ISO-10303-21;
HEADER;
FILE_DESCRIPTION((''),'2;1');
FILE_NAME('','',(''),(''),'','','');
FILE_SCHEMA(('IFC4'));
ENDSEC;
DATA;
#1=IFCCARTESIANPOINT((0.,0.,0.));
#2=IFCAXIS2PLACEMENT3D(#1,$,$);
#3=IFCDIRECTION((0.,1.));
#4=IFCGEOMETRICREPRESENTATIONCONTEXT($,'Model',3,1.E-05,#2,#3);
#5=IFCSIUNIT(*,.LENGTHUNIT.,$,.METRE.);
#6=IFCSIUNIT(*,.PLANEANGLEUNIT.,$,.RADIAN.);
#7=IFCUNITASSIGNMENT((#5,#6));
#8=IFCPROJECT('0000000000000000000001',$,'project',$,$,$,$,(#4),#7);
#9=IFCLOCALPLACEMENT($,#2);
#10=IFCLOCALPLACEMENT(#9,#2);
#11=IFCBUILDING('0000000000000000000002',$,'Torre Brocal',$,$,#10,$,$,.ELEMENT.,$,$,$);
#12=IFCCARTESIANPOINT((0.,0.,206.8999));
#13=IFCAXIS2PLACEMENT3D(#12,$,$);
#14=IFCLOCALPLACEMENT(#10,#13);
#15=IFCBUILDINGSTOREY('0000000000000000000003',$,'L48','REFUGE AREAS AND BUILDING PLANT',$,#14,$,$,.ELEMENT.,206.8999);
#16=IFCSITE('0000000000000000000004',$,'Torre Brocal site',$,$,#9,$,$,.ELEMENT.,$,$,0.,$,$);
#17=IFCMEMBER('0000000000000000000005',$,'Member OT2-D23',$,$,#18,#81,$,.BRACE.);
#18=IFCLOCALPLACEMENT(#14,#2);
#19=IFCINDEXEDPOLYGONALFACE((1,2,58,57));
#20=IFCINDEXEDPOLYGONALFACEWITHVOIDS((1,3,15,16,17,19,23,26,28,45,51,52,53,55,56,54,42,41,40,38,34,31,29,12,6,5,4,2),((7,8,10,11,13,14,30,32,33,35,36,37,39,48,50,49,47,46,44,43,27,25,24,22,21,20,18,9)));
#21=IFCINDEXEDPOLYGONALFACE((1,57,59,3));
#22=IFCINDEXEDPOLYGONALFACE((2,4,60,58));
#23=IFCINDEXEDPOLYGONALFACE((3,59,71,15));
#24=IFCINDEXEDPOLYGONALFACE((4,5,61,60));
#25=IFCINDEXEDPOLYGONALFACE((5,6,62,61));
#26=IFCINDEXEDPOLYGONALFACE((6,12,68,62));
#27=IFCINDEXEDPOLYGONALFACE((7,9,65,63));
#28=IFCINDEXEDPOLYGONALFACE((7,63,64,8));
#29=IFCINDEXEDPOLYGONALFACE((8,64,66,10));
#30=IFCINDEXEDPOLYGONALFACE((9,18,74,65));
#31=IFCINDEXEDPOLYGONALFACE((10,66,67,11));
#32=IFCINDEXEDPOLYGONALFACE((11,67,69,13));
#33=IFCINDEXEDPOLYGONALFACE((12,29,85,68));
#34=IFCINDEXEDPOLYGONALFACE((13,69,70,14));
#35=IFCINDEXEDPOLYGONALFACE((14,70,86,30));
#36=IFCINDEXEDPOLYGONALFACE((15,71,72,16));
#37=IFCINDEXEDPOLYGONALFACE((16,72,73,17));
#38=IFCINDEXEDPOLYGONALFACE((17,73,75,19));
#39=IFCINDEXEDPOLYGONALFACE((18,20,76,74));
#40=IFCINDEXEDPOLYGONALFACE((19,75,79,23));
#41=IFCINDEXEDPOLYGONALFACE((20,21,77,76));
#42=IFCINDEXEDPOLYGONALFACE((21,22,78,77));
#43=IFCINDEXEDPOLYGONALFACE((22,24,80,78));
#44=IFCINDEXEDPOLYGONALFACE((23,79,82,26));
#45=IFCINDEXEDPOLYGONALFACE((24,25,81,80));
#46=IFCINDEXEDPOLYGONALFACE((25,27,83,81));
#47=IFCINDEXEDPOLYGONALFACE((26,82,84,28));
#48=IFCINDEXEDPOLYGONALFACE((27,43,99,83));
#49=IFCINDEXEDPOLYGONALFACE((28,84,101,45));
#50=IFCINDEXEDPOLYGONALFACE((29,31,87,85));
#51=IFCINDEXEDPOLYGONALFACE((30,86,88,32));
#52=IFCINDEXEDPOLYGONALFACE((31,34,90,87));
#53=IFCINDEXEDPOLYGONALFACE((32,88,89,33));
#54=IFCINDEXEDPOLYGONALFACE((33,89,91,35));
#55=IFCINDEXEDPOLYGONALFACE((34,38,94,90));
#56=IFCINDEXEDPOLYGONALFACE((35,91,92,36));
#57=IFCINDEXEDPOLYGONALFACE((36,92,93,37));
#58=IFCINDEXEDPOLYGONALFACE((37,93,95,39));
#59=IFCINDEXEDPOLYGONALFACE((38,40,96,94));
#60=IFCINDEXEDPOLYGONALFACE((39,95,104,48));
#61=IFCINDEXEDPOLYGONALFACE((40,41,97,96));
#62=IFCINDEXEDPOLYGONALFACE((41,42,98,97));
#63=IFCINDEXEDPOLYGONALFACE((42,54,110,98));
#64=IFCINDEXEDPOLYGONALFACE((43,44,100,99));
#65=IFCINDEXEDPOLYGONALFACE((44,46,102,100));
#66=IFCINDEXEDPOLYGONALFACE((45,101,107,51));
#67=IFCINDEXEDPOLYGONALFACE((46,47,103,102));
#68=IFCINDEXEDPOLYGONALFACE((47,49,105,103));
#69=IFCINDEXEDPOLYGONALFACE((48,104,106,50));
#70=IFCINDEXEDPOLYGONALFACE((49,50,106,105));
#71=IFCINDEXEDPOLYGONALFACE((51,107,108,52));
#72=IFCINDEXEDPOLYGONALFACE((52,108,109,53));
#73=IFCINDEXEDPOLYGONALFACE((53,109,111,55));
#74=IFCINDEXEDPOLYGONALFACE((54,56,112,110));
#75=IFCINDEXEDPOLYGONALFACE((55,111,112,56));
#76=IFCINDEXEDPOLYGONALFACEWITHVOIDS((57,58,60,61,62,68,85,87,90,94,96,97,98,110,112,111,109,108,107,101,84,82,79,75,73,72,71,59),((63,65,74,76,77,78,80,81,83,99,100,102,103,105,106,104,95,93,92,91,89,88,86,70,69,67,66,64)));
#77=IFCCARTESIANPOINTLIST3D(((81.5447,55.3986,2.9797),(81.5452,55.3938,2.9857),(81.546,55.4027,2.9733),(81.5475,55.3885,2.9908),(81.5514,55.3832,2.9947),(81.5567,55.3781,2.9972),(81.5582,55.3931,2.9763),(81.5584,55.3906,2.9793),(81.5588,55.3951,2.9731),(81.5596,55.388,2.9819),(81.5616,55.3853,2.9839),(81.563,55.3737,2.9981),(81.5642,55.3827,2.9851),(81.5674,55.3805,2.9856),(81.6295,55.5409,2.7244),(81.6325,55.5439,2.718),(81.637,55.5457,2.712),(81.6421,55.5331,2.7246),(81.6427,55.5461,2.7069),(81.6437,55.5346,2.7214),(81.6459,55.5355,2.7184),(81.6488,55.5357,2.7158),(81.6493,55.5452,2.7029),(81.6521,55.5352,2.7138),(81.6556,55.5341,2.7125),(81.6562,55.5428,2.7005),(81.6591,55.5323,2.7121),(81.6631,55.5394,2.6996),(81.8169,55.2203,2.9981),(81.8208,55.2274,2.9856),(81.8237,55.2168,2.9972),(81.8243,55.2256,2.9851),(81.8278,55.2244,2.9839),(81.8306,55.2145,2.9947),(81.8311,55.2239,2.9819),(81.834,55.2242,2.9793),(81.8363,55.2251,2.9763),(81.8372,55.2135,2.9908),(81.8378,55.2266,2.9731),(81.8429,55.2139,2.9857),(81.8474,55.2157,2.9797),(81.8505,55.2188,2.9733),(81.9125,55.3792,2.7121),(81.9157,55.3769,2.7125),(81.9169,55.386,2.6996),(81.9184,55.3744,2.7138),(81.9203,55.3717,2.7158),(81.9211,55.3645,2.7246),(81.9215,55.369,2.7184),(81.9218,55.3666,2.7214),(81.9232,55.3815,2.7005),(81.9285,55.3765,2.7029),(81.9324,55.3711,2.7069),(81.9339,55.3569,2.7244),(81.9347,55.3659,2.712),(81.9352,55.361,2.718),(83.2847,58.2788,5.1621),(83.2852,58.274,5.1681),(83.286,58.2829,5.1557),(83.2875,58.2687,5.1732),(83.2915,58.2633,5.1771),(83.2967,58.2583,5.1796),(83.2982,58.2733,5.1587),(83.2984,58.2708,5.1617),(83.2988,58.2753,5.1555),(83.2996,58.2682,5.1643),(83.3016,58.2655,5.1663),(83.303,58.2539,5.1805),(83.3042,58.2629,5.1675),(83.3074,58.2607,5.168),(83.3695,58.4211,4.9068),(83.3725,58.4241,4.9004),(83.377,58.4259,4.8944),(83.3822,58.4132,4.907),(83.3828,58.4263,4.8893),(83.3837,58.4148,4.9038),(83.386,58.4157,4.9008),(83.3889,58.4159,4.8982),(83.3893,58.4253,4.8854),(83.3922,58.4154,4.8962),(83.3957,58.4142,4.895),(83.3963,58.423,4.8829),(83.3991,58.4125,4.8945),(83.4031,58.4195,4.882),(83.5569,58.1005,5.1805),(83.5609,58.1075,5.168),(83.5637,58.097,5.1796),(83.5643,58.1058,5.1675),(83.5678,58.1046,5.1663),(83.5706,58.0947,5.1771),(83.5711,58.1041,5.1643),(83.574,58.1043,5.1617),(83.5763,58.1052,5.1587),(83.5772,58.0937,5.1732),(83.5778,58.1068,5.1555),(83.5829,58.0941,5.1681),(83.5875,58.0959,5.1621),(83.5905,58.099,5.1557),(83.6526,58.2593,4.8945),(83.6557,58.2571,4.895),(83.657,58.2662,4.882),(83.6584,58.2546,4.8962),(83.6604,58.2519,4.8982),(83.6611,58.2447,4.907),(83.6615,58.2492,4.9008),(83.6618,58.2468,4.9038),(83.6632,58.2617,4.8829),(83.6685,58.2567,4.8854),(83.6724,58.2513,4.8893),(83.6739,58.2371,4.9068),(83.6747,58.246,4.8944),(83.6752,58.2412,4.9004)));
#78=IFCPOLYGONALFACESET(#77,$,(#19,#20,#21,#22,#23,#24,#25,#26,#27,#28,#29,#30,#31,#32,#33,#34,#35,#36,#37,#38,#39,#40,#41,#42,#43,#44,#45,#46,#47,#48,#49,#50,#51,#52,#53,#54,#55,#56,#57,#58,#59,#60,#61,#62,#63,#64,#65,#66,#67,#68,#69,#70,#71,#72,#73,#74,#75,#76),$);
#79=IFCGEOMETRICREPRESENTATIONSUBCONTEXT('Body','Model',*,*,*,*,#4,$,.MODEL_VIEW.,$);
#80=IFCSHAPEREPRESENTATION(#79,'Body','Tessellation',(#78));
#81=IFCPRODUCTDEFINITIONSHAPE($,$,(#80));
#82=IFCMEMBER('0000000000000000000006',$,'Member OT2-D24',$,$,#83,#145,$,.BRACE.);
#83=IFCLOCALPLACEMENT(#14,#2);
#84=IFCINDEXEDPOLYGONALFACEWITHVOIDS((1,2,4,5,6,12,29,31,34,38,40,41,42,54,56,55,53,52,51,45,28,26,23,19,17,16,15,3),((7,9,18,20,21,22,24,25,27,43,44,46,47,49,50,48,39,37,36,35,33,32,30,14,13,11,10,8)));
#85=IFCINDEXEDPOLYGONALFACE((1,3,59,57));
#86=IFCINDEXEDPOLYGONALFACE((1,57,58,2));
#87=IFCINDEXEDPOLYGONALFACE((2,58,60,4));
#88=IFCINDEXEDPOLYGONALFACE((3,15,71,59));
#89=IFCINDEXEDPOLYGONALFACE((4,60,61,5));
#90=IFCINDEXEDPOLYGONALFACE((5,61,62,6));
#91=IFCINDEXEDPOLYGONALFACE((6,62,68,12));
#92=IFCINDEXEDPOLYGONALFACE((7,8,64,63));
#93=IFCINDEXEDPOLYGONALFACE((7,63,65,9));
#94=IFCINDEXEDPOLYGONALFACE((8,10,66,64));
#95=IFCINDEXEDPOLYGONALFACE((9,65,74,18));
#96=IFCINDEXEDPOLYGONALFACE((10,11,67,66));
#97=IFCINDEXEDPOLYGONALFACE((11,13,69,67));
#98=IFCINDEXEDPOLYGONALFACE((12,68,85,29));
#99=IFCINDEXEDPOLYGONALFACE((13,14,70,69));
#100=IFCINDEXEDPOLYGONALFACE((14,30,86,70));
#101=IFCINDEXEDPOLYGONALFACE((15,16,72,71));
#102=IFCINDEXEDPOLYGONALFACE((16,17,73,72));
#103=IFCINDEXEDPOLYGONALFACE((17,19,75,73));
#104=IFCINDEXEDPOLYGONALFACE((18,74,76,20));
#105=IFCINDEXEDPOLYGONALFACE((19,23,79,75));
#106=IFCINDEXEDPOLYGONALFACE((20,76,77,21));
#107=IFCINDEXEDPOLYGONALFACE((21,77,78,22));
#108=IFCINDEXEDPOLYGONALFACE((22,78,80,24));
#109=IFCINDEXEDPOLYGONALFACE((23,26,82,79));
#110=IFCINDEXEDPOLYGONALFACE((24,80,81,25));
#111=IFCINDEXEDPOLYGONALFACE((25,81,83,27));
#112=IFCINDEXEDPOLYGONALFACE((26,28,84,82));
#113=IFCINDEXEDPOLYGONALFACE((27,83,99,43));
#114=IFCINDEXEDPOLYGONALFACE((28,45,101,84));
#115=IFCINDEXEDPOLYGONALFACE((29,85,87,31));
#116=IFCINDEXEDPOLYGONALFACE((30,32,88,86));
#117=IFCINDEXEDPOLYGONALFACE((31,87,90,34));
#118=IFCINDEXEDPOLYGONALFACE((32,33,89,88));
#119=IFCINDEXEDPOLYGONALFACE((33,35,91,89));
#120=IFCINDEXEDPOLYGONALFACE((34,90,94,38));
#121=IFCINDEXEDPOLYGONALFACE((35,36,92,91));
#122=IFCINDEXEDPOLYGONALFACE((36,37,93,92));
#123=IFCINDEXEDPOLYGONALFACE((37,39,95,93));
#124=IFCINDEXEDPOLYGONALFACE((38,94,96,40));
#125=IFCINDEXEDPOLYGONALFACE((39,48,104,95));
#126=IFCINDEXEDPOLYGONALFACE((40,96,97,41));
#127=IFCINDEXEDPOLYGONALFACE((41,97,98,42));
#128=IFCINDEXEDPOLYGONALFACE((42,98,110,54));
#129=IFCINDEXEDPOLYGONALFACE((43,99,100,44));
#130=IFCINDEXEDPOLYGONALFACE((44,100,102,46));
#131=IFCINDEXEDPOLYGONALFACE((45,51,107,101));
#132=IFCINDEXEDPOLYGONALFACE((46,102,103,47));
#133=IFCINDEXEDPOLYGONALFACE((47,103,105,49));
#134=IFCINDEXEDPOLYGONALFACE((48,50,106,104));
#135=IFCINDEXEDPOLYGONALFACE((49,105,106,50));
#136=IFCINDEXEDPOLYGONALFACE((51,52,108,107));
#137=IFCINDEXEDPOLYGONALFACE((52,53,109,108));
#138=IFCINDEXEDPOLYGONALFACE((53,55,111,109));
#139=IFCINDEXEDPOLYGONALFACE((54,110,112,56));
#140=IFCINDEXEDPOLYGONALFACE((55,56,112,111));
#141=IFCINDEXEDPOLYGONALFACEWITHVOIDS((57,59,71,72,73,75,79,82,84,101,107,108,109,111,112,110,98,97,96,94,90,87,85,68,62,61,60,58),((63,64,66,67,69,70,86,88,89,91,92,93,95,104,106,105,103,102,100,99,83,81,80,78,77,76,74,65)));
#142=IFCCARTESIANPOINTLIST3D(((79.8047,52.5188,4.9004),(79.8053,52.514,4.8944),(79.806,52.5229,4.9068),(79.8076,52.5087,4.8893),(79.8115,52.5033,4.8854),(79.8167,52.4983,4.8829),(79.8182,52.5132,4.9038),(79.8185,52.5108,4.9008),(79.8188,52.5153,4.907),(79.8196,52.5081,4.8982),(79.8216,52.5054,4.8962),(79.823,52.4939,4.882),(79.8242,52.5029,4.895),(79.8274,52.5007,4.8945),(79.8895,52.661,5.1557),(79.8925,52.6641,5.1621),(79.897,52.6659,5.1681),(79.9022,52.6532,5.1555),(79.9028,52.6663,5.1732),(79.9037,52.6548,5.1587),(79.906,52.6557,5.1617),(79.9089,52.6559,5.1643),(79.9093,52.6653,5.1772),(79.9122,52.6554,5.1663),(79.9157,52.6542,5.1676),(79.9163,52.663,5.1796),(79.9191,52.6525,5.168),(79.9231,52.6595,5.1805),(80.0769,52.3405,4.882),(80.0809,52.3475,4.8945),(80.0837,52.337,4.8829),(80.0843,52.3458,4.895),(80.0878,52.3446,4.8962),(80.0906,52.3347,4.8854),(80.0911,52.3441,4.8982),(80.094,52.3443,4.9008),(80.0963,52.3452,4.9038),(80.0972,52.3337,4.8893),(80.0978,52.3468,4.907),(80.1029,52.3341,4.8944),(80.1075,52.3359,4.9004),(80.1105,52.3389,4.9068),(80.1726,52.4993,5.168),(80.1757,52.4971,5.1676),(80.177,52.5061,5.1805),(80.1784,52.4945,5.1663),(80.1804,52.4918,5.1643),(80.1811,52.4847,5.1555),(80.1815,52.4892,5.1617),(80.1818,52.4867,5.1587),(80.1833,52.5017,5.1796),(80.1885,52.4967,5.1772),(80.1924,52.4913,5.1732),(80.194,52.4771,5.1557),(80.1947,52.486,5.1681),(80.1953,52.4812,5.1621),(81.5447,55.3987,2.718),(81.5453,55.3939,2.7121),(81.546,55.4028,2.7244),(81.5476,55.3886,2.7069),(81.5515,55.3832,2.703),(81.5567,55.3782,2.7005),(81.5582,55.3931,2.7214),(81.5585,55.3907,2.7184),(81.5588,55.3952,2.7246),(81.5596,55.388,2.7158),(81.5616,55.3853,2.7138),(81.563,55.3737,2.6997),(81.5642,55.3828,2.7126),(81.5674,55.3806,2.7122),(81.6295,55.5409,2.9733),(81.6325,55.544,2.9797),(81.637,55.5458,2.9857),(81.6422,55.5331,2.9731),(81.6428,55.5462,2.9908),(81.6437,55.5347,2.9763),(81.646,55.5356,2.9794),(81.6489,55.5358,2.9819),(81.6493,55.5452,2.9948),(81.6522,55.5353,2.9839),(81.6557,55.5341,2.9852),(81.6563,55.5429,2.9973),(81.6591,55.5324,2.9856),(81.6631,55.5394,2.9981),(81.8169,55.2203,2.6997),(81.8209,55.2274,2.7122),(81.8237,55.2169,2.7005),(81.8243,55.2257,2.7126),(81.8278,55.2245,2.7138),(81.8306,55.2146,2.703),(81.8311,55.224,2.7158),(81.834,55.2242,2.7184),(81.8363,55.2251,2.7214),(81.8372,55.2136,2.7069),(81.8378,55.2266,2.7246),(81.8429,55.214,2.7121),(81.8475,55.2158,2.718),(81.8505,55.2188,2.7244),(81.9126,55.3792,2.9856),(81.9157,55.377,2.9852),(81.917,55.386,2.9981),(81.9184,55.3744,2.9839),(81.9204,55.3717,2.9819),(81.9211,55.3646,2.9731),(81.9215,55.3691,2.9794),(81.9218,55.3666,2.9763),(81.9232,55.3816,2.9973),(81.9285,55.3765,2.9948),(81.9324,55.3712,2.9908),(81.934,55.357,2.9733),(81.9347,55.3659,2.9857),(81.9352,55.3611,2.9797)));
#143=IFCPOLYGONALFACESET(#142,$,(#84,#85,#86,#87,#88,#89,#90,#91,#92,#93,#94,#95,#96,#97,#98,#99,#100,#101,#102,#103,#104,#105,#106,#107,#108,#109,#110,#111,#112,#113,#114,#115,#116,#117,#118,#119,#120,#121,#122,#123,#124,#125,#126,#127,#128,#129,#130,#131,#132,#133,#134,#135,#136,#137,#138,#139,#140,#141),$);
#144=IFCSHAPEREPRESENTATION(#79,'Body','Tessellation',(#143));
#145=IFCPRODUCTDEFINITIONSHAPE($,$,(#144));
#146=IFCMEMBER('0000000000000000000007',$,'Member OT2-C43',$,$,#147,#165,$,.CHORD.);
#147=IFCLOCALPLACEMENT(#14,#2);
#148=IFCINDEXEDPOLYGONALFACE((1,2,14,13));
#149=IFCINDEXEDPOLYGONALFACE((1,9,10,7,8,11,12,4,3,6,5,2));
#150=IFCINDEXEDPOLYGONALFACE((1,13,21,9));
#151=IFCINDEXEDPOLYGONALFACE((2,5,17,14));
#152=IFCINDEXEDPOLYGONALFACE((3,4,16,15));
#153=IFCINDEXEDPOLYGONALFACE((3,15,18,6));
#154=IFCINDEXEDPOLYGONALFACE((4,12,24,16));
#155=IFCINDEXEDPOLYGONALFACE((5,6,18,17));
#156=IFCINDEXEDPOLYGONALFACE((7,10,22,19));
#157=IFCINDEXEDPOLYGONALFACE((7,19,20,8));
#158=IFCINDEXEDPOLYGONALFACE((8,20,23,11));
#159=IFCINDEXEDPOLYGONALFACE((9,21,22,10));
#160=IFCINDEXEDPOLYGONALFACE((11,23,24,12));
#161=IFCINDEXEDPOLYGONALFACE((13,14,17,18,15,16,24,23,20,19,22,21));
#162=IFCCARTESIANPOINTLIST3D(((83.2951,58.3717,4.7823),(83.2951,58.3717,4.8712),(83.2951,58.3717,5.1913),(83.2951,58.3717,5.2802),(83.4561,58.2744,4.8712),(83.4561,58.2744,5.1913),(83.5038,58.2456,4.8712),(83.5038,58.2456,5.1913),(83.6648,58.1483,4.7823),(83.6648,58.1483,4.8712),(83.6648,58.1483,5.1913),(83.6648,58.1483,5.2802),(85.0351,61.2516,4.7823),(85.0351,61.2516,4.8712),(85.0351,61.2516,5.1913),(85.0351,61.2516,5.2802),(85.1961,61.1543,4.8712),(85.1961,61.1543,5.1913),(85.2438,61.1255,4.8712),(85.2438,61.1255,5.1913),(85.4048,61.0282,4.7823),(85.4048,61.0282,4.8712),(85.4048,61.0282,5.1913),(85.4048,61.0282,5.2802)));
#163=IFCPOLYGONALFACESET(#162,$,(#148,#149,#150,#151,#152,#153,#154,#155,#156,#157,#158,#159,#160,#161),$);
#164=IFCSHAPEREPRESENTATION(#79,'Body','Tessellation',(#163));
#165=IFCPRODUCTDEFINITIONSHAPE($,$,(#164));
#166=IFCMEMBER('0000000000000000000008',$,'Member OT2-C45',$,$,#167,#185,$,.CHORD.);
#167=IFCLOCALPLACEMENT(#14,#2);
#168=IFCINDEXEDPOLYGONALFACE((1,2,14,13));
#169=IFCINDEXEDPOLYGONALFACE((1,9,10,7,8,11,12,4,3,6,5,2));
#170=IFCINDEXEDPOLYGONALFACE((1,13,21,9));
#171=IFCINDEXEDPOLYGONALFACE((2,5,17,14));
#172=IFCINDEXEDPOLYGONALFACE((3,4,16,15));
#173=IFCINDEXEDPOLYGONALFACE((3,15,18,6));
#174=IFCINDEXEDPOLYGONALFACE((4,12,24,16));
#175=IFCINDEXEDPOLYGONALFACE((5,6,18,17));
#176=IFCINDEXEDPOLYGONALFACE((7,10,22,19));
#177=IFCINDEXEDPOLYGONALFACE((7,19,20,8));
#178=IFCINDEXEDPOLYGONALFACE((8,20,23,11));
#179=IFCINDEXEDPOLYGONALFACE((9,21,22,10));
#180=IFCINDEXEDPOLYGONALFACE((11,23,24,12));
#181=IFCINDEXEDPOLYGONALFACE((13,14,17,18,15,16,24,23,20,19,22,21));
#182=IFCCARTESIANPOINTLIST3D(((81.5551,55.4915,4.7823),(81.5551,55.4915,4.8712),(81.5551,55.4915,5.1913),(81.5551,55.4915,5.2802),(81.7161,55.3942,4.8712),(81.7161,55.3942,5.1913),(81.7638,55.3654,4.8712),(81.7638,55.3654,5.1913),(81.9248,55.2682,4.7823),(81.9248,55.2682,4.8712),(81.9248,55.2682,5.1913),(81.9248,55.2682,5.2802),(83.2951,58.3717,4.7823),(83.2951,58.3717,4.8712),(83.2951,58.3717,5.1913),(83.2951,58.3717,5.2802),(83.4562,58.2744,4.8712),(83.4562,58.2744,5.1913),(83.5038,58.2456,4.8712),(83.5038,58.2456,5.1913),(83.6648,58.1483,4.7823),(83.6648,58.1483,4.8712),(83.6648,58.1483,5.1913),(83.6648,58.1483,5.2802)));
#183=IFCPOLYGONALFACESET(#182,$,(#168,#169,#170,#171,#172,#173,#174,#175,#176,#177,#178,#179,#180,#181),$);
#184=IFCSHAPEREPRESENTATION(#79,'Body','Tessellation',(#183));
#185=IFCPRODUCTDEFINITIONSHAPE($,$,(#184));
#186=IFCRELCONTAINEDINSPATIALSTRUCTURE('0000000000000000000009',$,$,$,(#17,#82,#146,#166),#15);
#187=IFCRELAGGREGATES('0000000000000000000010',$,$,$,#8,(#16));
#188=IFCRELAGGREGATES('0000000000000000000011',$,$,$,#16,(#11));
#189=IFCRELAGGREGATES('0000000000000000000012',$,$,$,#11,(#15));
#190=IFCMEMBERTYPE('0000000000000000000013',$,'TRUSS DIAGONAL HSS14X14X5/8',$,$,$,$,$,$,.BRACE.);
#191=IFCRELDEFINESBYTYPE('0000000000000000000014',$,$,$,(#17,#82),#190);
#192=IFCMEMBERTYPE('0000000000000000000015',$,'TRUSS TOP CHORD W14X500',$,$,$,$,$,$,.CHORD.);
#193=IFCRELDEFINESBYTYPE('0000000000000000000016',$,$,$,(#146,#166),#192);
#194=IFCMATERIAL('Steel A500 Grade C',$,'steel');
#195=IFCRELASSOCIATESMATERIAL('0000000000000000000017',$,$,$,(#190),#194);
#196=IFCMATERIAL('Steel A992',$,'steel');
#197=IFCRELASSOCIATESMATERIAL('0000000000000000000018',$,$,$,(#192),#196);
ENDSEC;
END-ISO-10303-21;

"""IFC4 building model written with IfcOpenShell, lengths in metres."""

from ifc_helpers import new_model, si_unit, direction, frame, origin, origin_2d, place, context, subcontext, project, spatial, hollow_rectangle, i_section, extrude, material, material_profile, profile_set, type_object, element, save


model = new_model("IFC4")

# Units and contexts
model_context = context("Model", 3, precision=1e-05, world=origin(), true_north=direction((0.0, 1.0)))
body_context = subcontext(model_context, "Body", "Model", "MODEL_VIEW")
ifc_project = project(units=[si_unit("LENGTHUNIT", "METRE"), si_unit("PLANEANGLEUNIT", "RADIAN")], contexts=[model_context])

# Site, building, storey
site_placement = place(None, origin())
site = spatial("IfcSite", under=ifc_project, at=site_placement, Name="Torre Brocal site", CompositionType="ELEMENT", RefElevation=0.0)
building_placement = place(site_placement, origin())
building = spatial("IfcBuilding", under=site, at=building_placement, Name="Torre Brocal", CompositionType="ELEMENT")
storey_placement = place(building_placement, frame((0.0, 0.0, 206.8999)))
storey = spatial("IfcBuildingStorey", under=building, at=storey_placement, Name="L48", Description="REFUGE AREAS AND BUILDING PLANT", CompositionType="ELEMENT", Elevation=206.8999)

# Members
ifc_material_1 = material(Name="Steel A500 Grade C", Category="steel")
ifc_material_profile_1 = material_profile(ifc_material_1, hollow_rectangle(XDim=0.3557, YDim=0.3557, WallThickness=0.0149, InnerFilletRadius=0.0149, OuterFilletRadius=0.0295, at=origin_2d()), Name="HSS14X14X5/8")
ifc_profile_set_1 = profile_set([ifc_material_profile_1], Name="Steel A500 Grade C")
member_type_1 = type_object("IfcMemberType", Name="TRUSS DIAGONAL HSS14X14X5/8", PredefinedType="BRACE", material=ifc_profile_set_1)
member_1_placement = place(storey_placement, frame((83.48, 58.26, 5.0312), z_axis=(-0.433841, -0.718117, -0.544142), x_axis=(0.855927, -0.517097, 0.0)))
element("IfcMember", 1, at=member_1_placement, inside=storey, type_object=member_type_1, Name="Member OT2-D23", PredefinedType="BRACE", context=body_context, shape_type="SweptSolid", body=[
    extrude(hollow_rectangle(XDim=0.3557, YDim=0.3557, WallThickness=0.0149, InnerFilletRadius=0.0149, OuterFilletRadius=0.0295, at=origin_2d()), origin(), (0.0, 0.0, 1.0), 4.0107),
])
member_2_placement = place(storey_placement, frame((81.74, 55.3799, 2.8489), z_axis=(-0.43386, -0.718087, 0.544166), x_axis=(0.855908, -0.517129, 0.0)))
element("IfcMember", 2, at=member_2_placement, inside=storey, type_object=member_type_1, Name="Member OT2-D24", PredefinedType="BRACE", context=body_context, shape_type="SweptSolid", body=[
    extrude(hollow_rectangle(XDim=0.3557, YDim=0.3557, WallThickness=0.0149, InnerFilletRadius=0.0149, OuterFilletRadius=0.0295, at=origin_2d()), origin(), (0.0, 0.0, 1.0), 4.0105),
])
ifc_material_2 = material(Name="Steel A992", Category="steel")
ifc_material_profile_2 = material_profile(ifc_material_2, i_section(OverallWidth=0.4319, OverallDepth=0.4978, WebThickness=0.0557, FlangeThickness=0.0889, at=origin_2d()), Name="W14X500")
ifc_profile_set_2 = profile_set([ifc_material_profile_2], Name="Steel A992")
member_type_2 = type_object("IfcMemberType", Name="TRUSS TOP CHORD W14X500", PredefinedType="CHORD", material=ifc_profile_set_2)
member_3_placement = place(storey_placement, frame((85.22, 61.1399, 5.0312), z_axis=(-0.517129, -0.855908, 0.0), x_axis=(0.855908, -0.517129, 0.0)))
element("IfcMember", 3, at=member_3_placement, inside=storey, type_object=member_type_2, Name="Member OT2-C43", PredefinedType="CHORD", context=body_context, shape_type="SweptSolid", body=[
    extrude(i_section(OverallWidth=0.4319, OverallDepth=0.4978, WebThickness=0.0557, FlangeThickness=0.0889, at=origin_2d()), origin(), (0.0, 0.0, 1.0), 3.3647),
])
member_4_placement = place(storey_placement, frame((83.48, 58.26, 5.0312), z_axis=(-0.517097, -0.855927, 0.0), x_axis=(0.855927, -0.517097, 0.0)))
element("IfcMember", 4, at=member_4_placement, inside=storey, type_object=member_type_2, Name="Member OT2-C45", PredefinedType="CHORD", context=body_context, shape_type="SweptSolid", body=[
    extrude(i_section(OverallWidth=0.4319, OverallDepth=0.4978, WebThickness=0.0557, FlangeThickness=0.0889, at=origin_2d()), origin(), (0.0, 0.0, 1.0), 3.365),
])

save(model, "model.ifc")
